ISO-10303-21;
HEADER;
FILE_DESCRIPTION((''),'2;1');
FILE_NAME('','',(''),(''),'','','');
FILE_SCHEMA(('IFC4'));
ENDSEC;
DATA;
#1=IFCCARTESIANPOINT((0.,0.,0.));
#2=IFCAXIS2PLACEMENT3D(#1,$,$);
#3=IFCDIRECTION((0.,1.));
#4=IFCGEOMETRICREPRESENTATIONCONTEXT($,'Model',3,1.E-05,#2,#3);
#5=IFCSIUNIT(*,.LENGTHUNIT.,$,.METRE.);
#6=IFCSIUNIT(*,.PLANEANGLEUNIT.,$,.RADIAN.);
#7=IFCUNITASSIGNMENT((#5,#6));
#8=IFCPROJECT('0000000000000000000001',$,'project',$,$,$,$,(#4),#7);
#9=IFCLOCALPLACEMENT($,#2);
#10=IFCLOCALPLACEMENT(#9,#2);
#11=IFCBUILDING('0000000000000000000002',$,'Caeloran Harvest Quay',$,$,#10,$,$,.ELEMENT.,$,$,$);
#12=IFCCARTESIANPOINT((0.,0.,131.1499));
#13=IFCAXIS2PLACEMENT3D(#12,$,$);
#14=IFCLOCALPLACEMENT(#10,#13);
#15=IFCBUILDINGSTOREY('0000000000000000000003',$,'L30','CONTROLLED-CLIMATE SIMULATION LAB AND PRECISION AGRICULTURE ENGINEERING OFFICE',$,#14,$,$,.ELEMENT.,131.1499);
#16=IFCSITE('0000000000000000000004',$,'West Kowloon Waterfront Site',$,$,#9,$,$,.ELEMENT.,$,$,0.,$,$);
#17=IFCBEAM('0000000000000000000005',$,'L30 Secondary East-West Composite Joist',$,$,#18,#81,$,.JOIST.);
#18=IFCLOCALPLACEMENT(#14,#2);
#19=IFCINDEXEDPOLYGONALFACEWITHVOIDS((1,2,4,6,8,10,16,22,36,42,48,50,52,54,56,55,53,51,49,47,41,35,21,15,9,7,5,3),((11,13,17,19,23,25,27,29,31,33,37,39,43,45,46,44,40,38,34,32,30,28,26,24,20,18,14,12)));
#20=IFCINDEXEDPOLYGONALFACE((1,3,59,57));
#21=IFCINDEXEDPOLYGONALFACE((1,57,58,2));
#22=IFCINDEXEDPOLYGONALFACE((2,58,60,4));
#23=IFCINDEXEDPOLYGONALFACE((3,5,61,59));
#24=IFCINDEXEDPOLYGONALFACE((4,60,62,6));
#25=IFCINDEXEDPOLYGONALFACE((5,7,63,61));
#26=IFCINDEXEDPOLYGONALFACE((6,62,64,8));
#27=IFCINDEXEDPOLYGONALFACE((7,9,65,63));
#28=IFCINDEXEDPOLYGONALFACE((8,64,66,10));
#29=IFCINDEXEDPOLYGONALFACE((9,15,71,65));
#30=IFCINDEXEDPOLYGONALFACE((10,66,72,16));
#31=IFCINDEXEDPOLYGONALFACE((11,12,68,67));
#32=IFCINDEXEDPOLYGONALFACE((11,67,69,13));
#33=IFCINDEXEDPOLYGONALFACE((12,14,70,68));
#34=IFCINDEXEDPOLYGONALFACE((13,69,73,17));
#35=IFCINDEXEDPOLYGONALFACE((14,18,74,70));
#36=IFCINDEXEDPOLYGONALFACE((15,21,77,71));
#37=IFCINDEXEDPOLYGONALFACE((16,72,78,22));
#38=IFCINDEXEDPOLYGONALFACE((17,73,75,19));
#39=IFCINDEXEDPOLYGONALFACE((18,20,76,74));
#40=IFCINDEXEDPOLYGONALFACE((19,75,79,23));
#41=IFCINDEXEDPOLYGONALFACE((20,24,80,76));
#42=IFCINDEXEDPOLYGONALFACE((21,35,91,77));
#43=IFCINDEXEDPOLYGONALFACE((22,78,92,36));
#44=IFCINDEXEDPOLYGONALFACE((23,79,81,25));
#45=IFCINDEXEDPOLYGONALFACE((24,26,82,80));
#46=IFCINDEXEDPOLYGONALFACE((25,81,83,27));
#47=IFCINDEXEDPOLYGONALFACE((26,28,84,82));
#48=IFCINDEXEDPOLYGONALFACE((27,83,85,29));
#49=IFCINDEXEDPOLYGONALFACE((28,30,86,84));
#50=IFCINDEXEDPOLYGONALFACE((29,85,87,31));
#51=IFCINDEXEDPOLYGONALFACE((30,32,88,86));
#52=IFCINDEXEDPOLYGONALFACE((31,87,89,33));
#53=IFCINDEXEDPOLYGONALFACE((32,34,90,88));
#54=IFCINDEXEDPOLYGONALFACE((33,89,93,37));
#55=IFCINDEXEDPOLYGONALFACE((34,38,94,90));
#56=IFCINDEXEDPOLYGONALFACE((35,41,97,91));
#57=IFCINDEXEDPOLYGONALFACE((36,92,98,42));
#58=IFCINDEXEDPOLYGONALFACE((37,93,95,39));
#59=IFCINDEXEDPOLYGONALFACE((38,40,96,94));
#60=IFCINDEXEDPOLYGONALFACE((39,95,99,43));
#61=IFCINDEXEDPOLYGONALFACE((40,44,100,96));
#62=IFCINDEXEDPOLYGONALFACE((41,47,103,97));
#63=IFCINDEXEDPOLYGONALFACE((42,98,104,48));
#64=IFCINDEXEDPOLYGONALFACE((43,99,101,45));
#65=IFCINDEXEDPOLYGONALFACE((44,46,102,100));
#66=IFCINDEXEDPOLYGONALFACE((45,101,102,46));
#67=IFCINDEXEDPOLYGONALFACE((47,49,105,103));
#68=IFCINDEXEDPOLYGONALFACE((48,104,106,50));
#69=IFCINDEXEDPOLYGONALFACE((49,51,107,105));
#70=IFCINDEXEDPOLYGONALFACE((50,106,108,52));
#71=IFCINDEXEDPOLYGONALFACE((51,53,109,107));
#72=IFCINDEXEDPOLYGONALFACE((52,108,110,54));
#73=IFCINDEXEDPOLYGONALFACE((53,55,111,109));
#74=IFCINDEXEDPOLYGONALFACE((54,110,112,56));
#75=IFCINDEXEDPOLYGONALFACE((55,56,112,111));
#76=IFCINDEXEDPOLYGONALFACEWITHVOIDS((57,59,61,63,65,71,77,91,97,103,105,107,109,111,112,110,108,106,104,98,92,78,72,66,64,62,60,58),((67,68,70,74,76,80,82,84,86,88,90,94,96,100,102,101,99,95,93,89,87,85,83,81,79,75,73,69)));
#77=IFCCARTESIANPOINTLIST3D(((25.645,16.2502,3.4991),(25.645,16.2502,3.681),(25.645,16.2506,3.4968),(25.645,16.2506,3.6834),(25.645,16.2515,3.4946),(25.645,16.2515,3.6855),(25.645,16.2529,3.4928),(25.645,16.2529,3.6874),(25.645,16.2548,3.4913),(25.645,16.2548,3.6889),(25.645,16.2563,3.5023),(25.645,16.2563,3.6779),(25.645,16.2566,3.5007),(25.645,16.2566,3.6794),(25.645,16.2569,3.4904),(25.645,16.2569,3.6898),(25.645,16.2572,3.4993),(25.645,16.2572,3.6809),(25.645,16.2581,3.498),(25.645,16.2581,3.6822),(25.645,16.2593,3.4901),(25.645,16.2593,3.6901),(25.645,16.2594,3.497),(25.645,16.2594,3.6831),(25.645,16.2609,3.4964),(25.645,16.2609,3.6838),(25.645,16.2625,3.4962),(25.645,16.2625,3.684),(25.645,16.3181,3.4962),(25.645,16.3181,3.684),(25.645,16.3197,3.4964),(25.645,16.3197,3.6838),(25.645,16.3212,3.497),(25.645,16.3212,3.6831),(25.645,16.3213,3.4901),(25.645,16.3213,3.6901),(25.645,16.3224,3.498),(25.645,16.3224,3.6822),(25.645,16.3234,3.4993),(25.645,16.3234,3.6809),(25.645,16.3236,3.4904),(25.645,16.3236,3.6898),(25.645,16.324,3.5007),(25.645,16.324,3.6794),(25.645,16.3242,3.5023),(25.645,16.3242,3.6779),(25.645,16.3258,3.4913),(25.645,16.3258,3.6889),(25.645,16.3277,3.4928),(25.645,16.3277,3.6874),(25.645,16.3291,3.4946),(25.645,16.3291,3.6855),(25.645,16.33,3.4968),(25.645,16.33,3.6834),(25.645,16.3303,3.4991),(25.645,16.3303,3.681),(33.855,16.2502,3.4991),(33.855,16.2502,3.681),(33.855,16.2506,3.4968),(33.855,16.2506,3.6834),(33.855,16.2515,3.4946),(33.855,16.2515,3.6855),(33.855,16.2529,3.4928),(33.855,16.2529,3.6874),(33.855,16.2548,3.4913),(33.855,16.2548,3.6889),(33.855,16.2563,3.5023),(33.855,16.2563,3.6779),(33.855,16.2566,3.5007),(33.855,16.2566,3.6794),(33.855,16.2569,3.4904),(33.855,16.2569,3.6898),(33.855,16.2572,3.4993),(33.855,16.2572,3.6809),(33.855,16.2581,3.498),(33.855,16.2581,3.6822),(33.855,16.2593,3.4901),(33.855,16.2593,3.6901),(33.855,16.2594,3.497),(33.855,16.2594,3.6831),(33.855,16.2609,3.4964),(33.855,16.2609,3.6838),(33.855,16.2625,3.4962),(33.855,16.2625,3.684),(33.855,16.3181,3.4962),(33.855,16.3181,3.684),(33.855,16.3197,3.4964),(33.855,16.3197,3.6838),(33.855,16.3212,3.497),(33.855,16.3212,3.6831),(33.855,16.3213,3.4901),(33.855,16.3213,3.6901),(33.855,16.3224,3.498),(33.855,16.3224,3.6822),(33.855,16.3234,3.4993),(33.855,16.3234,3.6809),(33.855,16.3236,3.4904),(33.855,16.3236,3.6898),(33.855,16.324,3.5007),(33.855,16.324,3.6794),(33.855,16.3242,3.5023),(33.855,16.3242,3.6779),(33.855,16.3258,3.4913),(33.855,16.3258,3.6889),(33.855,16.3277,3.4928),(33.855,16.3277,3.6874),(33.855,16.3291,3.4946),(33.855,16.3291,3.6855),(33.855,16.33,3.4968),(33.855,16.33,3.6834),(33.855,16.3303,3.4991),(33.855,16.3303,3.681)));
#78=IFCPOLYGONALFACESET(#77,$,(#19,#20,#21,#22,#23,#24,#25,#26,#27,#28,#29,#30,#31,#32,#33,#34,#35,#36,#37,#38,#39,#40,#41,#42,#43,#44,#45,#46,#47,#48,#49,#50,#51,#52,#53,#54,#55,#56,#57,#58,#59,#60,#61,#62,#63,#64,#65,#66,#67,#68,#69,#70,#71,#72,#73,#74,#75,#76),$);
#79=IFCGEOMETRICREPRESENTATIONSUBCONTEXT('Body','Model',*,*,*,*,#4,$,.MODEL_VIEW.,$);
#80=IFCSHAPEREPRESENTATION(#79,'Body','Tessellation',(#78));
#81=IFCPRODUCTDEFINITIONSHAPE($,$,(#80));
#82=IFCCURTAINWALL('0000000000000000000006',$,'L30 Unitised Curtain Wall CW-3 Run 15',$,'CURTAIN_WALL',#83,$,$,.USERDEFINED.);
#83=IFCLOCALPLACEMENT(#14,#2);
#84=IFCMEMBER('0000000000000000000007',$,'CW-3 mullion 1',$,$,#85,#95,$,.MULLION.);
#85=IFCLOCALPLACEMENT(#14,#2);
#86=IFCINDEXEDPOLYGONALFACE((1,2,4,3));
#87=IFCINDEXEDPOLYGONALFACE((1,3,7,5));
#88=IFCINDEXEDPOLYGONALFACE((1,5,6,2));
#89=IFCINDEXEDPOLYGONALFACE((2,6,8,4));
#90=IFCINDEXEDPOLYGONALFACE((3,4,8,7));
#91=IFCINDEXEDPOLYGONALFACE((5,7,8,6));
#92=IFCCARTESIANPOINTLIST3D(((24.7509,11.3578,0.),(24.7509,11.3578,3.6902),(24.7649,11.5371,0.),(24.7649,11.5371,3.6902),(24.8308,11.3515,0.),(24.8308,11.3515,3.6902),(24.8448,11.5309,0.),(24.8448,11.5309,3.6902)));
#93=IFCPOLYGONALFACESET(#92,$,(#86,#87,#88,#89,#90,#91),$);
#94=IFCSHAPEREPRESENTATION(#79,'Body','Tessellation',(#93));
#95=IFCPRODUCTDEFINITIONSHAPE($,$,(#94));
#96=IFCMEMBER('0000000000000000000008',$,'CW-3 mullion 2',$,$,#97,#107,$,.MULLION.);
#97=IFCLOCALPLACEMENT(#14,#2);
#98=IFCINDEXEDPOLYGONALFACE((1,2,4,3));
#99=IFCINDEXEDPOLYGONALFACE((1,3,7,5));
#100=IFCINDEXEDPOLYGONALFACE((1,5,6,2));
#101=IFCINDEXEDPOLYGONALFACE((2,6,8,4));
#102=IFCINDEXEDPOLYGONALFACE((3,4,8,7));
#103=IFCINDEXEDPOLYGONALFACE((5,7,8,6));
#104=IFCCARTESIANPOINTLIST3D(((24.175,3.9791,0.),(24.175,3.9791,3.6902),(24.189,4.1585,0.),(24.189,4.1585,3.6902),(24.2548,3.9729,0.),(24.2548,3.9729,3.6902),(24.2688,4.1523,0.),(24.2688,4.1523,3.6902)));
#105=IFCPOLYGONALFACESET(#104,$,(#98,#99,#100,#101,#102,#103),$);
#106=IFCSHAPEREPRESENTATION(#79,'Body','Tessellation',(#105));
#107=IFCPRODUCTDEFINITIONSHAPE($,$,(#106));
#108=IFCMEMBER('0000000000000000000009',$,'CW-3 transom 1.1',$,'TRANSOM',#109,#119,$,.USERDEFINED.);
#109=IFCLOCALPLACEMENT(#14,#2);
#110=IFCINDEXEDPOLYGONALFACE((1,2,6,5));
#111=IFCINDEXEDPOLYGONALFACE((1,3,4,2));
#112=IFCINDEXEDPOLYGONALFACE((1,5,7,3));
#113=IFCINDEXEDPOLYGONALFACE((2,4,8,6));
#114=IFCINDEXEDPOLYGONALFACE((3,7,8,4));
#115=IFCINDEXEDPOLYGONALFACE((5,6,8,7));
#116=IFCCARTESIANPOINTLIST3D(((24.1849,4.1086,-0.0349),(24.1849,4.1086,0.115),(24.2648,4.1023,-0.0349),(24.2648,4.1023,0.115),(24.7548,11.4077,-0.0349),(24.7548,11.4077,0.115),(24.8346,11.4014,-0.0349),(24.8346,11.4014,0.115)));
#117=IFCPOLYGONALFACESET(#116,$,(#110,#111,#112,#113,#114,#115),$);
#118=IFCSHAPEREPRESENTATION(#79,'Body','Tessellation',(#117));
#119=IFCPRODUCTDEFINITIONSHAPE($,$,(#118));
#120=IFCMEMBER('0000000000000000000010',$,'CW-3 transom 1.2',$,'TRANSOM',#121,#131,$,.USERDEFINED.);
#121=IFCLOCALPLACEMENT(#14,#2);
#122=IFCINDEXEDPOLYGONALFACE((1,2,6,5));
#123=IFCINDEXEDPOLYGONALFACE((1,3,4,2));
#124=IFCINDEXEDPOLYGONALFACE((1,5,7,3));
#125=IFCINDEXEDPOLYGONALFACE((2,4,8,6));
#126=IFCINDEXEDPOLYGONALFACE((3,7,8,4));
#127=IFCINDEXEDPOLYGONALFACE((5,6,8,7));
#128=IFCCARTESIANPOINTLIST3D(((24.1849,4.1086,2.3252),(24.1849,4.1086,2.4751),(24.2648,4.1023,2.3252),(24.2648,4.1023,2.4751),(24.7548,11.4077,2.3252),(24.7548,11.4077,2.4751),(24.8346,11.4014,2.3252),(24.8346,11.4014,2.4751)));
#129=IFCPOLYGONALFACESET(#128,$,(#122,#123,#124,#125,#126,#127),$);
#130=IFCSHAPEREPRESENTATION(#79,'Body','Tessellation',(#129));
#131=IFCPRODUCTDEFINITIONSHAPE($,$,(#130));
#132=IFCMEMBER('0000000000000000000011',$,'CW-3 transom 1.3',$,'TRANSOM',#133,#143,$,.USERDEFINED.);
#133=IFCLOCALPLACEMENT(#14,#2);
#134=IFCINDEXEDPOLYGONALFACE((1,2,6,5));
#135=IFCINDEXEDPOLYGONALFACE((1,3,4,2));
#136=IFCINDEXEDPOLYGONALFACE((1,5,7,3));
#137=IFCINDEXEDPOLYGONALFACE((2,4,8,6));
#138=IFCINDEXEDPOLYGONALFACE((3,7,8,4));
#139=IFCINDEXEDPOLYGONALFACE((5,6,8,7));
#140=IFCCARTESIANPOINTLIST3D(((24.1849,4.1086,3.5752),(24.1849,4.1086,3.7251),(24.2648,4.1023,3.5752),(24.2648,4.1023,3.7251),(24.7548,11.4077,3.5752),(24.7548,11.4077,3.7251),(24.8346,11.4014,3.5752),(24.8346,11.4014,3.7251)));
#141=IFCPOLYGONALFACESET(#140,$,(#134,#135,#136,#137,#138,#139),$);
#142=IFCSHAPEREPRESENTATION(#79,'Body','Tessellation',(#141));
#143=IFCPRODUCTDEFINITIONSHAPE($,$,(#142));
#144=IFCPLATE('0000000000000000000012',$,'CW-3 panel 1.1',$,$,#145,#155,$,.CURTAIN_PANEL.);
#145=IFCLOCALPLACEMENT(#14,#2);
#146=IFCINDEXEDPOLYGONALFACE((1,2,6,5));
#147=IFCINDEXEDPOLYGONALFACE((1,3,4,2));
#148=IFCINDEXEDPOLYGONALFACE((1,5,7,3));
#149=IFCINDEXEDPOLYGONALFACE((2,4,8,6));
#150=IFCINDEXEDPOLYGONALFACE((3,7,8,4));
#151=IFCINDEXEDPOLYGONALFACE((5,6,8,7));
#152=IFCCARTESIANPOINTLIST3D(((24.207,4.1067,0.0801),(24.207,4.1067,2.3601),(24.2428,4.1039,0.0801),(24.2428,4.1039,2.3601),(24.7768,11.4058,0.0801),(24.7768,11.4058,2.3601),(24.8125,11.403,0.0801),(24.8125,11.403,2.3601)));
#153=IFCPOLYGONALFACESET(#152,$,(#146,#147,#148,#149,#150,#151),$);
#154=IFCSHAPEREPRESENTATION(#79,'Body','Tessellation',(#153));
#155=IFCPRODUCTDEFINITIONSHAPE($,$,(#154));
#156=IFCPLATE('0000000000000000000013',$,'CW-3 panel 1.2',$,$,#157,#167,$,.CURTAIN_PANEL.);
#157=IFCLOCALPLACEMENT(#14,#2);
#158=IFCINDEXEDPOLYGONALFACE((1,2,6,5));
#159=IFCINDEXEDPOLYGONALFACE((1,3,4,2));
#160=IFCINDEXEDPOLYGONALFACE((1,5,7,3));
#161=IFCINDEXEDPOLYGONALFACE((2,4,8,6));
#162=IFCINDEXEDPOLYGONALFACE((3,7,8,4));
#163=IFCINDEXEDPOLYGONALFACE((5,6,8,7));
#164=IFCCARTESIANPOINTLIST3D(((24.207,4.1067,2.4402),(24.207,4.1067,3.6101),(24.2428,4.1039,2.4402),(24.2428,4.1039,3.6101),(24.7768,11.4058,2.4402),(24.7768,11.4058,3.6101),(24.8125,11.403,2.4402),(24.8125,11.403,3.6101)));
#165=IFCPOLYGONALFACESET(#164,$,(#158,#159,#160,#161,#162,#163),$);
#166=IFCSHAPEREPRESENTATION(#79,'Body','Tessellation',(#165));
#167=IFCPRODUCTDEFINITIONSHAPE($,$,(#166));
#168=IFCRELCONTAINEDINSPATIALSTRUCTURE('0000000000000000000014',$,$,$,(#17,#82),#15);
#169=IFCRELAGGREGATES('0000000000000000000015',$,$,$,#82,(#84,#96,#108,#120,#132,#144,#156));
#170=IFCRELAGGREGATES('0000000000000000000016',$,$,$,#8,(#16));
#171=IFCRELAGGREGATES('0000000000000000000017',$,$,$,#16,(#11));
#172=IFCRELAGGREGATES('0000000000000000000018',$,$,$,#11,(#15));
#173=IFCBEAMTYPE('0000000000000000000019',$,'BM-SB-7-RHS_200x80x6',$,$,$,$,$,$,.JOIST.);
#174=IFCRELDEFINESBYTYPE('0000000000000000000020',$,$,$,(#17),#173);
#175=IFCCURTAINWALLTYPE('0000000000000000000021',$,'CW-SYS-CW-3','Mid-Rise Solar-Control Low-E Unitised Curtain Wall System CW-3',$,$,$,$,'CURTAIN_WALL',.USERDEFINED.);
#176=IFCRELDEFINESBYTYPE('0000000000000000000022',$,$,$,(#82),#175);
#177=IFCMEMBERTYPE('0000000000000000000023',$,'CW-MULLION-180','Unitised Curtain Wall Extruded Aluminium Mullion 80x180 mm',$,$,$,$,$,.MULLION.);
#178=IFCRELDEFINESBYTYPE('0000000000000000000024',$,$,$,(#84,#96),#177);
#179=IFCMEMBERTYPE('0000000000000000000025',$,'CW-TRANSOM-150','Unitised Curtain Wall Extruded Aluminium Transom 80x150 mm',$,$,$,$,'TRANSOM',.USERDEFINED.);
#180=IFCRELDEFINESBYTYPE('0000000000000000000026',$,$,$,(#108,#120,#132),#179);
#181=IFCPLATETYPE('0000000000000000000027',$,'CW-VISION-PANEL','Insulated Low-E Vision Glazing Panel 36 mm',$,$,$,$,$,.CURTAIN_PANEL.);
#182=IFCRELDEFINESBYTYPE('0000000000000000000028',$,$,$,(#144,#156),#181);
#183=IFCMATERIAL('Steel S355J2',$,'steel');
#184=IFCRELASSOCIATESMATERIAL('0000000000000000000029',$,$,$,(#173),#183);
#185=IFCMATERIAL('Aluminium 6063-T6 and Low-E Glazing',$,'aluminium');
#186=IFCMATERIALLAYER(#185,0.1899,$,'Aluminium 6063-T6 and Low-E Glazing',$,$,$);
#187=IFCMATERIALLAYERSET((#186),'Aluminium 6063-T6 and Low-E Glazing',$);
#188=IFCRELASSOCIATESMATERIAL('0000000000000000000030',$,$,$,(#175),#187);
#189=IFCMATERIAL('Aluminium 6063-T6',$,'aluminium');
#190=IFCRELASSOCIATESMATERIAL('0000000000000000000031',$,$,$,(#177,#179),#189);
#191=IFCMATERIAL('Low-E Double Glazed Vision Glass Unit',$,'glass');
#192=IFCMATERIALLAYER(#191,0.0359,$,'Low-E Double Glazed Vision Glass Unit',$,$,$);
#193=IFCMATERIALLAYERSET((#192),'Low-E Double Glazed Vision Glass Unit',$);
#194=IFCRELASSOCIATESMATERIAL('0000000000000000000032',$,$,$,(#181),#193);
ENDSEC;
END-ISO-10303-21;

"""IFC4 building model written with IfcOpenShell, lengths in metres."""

from ifc_helpers import new_model, si_unit, direction, frame, origin, origin_2d, place, context, subcontext, project, spatial, rectangle, hollow_rectangle, extrude, material, layer, layer_set, material_profile, profile_set, type_object, element, aggregate, save


model = new_model("IFC4")

# Units and contexts
model_context = context("Model", 3, precision=1e-05, world=origin(), true_north=direction((0.0, 1.0)))
body_context = subcontext(model_context, "Body", "Model", "MODEL_VIEW")
ifc_project = project(units=[si_unit("LENGTHUNIT", "METRE"), si_unit("PLANEANGLEUNIT", "RADIAN")], contexts=[model_context])

# Site, building, storey
site_placement = place(None, origin())
site = spatial("IfcSite", under=ifc_project, at=site_placement, Name="West Kowloon Waterfront Site", CompositionType="ELEMENT", RefElevation=0.0)
building_placement = place(site_placement, origin())
building = spatial("IfcBuilding", under=site, at=building_placement, Name="Caeloran Harvest Quay", CompositionType="ELEMENT")
storey_placement = place(building_placement, frame((0.0, 0.0, 131.1499)))
storey = spatial("IfcBuildingStorey", under=building, at=storey_placement, Name="L30", Description="CONTROLLED-CLIMATE SIMULATION LAB AND PRECISION AGRICULTURE ENGINEERING OFFICE", CompositionType="ELEMENT", Elevation=131.1499)

# Beam
ifc_material_1 = material(Name="Steel S355J2", Category="steel")
ifc_material_profile_1 = material_profile(ifc_material_1, hollow_rectangle(XDim=0.0801, YDim=0.2, WallThickness=0.0061, InnerFilletRadius=0.0061, OuterFilletRadius=0.009, at=origin_2d()), Name="RHS 200x80x6")
ifc_profile_set_1 = profile_set([ifc_material_profile_1], Name="Steel S355J2")
beam_type_1 = type_object("IfcBeamType", Name="BM-SB-7-RHS_200x80x6", PredefinedType="JOIST", material=ifc_profile_set_1)
for number, where, z_axis, x_axis, name in (
    (1, (25.645, 16.2903, 3.5901), (1.0, 0.0, 0.0), (0.0, 1.0, 0.0), "L30 Secondary East-West Composite Joist"),
):
    element("IfcBeam", number, at=place(storey_placement, frame(where, z_axis=z_axis, x_axis=x_axis)), inside=storey, type_object=beam_type_1, Name=name, PredefinedType="JOIST", context=body_context, shape_type="SweptSolid", body=[
        extrude(hollow_rectangle(XDim=0.0801, YDim=0.2, WallThickness=0.0061, InnerFilletRadius=0.0061, OuterFilletRadius=0.009, at=origin_2d()), origin(), (0.0, 0.0, 1.0), 8.21),
    ])

# Curtain wall, members, plates
ifc_material_2 = material(Name="Aluminium 6063-T6 and Low-E Glazing", Category="aluminium")
ifc_layer_1 = layer(ifc_material_2, 0.1899, Name="Aluminium 6063-T6 and Low-E Glazing")
ifc_layer_set_1 = layer_set([ifc_layer_1], Name="Aluminium 6063-T6 and Low-E Glazing")
curtain_wall_type = type_object("IfcCurtainWallType", Name="CW-SYS-CW-3", Description="Mid-Rise Solar-Control Low-E Unitised Curtain Wall System CW-3", ElementType="CURTAIN_WALL", PredefinedType="USERDEFINED", material=ifc_layer_set_1)
curtain_wall_placement = place(storey_placement, origin())
curtain_wall = element("IfcCurtainWall", 2, at=curtain_wall_placement, inside=storey, type_object=curtain_wall_type, Name="L30 Unitised Curtain Wall CW-3 Run 15", ObjectType="CURTAIN_WALL", PredefinedType="USERDEFINED")
ifc_material_3 = material(Name="Aluminium 6063-T6", Category="aluminium")
ifc_material_profile_2 = material_profile(ifc_material_3, rectangle(XDim=0.0801, YDim=0.1799, at=origin_2d()), Name="CW-MULLION-180")
ifc_profile_set_2 = profile_set([ifc_material_profile_2], Name="Aluminium 6063-T6")
member_type_1 = type_object("IfcMemberType", Name="CW-MULLION-180", Description="Unitised Curtain Wall Extruded Aluminium Mullion 80x180 mm", PredefinedType="MULLION", material=ifc_profile_set_2)
member_1_placement = place(storey_placement, frame((24.7979, 11.4443, 0.0), z_axis=(0.0, 0.0, 1.0), x_axis=(0.996967, -0.077822, 0.0)))
member_1 = element("IfcMember", 3, at=member_1_placement, type_object=member_type_1, Name="CW-3 mullion 1", PredefinedType="MULLION", context=body_context, shape_type="SweptSolid", body=[
    extrude(rectangle(XDim=0.0801, YDim=0.1799, at=origin_2d()), origin(), (0.0, 0.0, 1.0), 3.6902),
])
member_2_placement = place(storey_placement, frame((24.2219, 4.0657, 0.0), z_axis=(0.0, 0.0, 1.0), x_axis=(0.996967, -0.077822, 0.0)))
member_2 = element("IfcMember", 4, at=member_2_placement, type_object=member_type_1, Name="CW-3 mullion 2", PredefinedType="MULLION", context=body_context, shape_type="SweptSolid", body=[
    extrude(rectangle(XDim=0.0801, YDim=0.1799, at=origin_2d()), origin(), (0.0, 0.0, 1.0), 3.6902),
])
ifc_material_profile_3 = material_profile(ifc_material_3, rectangle(XDim=0.0801, YDim=0.1499, at=origin_2d()), Name="CW-TRANSOM-150")
ifc_profile_set_3 = profile_set([ifc_material_profile_3], Name="Aluminium 6063-T6")
member_type_2 = type_object("IfcMemberType", Name="CW-TRANSOM-150", Description="Unitised Curtain Wall Extruded Aluminium Transom 80x150 mm", ElementType="TRANSOM", PredefinedType="USERDEFINED", material=ifc_profile_set_3)
member_3_placement = place(storey_placement, frame((24.7947, 11.4045, 0.04), z_axis=(-0.077831, -0.996967, 0.0), x_axis=(0.996967, -0.077831, 0.0)))
member_3 = element("IfcMember", 5, at=member_3_placement, type_object=member_type_2, Name="CW-3 transom 1.1", ObjectType="TRANSOM", PredefinedType="USERDEFINED", context=body_context, shape_type="SweptSolid", body=[
    extrude(rectangle(XDim=0.0801, YDim=0.1499, at=origin_2d()), origin(), (0.0, 0.0, 1.0), 7.3213),
])
member_4_placement = place(storey_placement, frame((24.7947, 11.4045, 2.4001), z_axis=(-0.077831, -0.996967, 0.0), x_axis=(0.996967, -0.077831, 0.0)))
member_4 = element("IfcMember", 6, at=member_4_placement, type_object=member_type_2, Name="CW-3 transom 1.2", ObjectType="TRANSOM", PredefinedType="USERDEFINED", context=body_context, shape_type="SweptSolid", body=[
    extrude(rectangle(XDim=0.0801, YDim=0.1499, at=origin_2d()), origin(), (0.0, 0.0, 1.0), 7.3213),
])
member_5_placement = place(storey_placement, frame((24.7947, 11.4045, 3.6501), z_axis=(-0.077831, -0.996967, 0.0), x_axis=(0.996967, -0.077831, 0.0)))
member_5 = element("IfcMember", 7, at=member_5_placement, type_object=member_type_2, Name="CW-3 transom 1.3", ObjectType="TRANSOM", PredefinedType="USERDEFINED", context=body_context, shape_type="SweptSolid", body=[
    extrude(rectangle(XDim=0.0801, YDim=0.1499, at=origin_2d()), origin(), (0.0, 0.0, 1.0), 7.3213),
])
ifc_material_4 = material(Name="Low-E Double Glazed Vision Glass Unit", Category="glass")
ifc_layer_2 = layer(ifc_material_4, 0.0359, Name="Low-E Double Glazed Vision Glass Unit")
ifc_layer_set_2 = layer_set([ifc_layer_2], Name="Low-E Double Glazed Vision Glass Unit")
plate_type = type_object("IfcPlateType", Name="CW-VISION-PANEL", Description="Insulated Low-E Vision Glazing Panel 36 mm", PredefinedType="CURTAIN_PANEL", material=ifc_layer_set_2)
plate_1_placement = place(storey_placement, frame((24.5098, 7.7549, 0.0801), z_axis=(0.0, 0.0, 1.0), x_axis=(-0.077822, -0.996967, 0.0)))
plate_1 = element("IfcPlate", 8, at=plate_1_placement, type_object=plate_type, Name="CW-3 panel 1.1", PredefinedType="CURTAIN_PANEL", context=body_context, shape_type="SweptSolid", body=[
    extrude(rectangle(XDim=7.3213, YDim=0.0359, at=origin_2d()), origin(), (0.0, 0.0, 1.0), 2.28),
])
plate_2_placement = place(storey_placement, frame((24.5098, 7.7549, 2.4402), z_axis=(0.0, 0.0, 1.0), x_axis=(-0.077822, -0.996967, 0.0)))
plate_2 = element("IfcPlate", 9, at=plate_2_placement, type_object=plate_type, Name="CW-3 panel 1.2", PredefinedType="CURTAIN_PANEL", context=body_context, shape_type="SweptSolid", body=[
    extrude(rectangle(XDim=7.3213, YDim=0.0359, at=origin_2d()), origin(), (0.0, 0.0, 1.0), 1.1699),
])
aggregate(curtain_wall, [member_1, member_2, member_3, member_4, member_5, plate_1, plate_2])

save(model, "model.ifc")
